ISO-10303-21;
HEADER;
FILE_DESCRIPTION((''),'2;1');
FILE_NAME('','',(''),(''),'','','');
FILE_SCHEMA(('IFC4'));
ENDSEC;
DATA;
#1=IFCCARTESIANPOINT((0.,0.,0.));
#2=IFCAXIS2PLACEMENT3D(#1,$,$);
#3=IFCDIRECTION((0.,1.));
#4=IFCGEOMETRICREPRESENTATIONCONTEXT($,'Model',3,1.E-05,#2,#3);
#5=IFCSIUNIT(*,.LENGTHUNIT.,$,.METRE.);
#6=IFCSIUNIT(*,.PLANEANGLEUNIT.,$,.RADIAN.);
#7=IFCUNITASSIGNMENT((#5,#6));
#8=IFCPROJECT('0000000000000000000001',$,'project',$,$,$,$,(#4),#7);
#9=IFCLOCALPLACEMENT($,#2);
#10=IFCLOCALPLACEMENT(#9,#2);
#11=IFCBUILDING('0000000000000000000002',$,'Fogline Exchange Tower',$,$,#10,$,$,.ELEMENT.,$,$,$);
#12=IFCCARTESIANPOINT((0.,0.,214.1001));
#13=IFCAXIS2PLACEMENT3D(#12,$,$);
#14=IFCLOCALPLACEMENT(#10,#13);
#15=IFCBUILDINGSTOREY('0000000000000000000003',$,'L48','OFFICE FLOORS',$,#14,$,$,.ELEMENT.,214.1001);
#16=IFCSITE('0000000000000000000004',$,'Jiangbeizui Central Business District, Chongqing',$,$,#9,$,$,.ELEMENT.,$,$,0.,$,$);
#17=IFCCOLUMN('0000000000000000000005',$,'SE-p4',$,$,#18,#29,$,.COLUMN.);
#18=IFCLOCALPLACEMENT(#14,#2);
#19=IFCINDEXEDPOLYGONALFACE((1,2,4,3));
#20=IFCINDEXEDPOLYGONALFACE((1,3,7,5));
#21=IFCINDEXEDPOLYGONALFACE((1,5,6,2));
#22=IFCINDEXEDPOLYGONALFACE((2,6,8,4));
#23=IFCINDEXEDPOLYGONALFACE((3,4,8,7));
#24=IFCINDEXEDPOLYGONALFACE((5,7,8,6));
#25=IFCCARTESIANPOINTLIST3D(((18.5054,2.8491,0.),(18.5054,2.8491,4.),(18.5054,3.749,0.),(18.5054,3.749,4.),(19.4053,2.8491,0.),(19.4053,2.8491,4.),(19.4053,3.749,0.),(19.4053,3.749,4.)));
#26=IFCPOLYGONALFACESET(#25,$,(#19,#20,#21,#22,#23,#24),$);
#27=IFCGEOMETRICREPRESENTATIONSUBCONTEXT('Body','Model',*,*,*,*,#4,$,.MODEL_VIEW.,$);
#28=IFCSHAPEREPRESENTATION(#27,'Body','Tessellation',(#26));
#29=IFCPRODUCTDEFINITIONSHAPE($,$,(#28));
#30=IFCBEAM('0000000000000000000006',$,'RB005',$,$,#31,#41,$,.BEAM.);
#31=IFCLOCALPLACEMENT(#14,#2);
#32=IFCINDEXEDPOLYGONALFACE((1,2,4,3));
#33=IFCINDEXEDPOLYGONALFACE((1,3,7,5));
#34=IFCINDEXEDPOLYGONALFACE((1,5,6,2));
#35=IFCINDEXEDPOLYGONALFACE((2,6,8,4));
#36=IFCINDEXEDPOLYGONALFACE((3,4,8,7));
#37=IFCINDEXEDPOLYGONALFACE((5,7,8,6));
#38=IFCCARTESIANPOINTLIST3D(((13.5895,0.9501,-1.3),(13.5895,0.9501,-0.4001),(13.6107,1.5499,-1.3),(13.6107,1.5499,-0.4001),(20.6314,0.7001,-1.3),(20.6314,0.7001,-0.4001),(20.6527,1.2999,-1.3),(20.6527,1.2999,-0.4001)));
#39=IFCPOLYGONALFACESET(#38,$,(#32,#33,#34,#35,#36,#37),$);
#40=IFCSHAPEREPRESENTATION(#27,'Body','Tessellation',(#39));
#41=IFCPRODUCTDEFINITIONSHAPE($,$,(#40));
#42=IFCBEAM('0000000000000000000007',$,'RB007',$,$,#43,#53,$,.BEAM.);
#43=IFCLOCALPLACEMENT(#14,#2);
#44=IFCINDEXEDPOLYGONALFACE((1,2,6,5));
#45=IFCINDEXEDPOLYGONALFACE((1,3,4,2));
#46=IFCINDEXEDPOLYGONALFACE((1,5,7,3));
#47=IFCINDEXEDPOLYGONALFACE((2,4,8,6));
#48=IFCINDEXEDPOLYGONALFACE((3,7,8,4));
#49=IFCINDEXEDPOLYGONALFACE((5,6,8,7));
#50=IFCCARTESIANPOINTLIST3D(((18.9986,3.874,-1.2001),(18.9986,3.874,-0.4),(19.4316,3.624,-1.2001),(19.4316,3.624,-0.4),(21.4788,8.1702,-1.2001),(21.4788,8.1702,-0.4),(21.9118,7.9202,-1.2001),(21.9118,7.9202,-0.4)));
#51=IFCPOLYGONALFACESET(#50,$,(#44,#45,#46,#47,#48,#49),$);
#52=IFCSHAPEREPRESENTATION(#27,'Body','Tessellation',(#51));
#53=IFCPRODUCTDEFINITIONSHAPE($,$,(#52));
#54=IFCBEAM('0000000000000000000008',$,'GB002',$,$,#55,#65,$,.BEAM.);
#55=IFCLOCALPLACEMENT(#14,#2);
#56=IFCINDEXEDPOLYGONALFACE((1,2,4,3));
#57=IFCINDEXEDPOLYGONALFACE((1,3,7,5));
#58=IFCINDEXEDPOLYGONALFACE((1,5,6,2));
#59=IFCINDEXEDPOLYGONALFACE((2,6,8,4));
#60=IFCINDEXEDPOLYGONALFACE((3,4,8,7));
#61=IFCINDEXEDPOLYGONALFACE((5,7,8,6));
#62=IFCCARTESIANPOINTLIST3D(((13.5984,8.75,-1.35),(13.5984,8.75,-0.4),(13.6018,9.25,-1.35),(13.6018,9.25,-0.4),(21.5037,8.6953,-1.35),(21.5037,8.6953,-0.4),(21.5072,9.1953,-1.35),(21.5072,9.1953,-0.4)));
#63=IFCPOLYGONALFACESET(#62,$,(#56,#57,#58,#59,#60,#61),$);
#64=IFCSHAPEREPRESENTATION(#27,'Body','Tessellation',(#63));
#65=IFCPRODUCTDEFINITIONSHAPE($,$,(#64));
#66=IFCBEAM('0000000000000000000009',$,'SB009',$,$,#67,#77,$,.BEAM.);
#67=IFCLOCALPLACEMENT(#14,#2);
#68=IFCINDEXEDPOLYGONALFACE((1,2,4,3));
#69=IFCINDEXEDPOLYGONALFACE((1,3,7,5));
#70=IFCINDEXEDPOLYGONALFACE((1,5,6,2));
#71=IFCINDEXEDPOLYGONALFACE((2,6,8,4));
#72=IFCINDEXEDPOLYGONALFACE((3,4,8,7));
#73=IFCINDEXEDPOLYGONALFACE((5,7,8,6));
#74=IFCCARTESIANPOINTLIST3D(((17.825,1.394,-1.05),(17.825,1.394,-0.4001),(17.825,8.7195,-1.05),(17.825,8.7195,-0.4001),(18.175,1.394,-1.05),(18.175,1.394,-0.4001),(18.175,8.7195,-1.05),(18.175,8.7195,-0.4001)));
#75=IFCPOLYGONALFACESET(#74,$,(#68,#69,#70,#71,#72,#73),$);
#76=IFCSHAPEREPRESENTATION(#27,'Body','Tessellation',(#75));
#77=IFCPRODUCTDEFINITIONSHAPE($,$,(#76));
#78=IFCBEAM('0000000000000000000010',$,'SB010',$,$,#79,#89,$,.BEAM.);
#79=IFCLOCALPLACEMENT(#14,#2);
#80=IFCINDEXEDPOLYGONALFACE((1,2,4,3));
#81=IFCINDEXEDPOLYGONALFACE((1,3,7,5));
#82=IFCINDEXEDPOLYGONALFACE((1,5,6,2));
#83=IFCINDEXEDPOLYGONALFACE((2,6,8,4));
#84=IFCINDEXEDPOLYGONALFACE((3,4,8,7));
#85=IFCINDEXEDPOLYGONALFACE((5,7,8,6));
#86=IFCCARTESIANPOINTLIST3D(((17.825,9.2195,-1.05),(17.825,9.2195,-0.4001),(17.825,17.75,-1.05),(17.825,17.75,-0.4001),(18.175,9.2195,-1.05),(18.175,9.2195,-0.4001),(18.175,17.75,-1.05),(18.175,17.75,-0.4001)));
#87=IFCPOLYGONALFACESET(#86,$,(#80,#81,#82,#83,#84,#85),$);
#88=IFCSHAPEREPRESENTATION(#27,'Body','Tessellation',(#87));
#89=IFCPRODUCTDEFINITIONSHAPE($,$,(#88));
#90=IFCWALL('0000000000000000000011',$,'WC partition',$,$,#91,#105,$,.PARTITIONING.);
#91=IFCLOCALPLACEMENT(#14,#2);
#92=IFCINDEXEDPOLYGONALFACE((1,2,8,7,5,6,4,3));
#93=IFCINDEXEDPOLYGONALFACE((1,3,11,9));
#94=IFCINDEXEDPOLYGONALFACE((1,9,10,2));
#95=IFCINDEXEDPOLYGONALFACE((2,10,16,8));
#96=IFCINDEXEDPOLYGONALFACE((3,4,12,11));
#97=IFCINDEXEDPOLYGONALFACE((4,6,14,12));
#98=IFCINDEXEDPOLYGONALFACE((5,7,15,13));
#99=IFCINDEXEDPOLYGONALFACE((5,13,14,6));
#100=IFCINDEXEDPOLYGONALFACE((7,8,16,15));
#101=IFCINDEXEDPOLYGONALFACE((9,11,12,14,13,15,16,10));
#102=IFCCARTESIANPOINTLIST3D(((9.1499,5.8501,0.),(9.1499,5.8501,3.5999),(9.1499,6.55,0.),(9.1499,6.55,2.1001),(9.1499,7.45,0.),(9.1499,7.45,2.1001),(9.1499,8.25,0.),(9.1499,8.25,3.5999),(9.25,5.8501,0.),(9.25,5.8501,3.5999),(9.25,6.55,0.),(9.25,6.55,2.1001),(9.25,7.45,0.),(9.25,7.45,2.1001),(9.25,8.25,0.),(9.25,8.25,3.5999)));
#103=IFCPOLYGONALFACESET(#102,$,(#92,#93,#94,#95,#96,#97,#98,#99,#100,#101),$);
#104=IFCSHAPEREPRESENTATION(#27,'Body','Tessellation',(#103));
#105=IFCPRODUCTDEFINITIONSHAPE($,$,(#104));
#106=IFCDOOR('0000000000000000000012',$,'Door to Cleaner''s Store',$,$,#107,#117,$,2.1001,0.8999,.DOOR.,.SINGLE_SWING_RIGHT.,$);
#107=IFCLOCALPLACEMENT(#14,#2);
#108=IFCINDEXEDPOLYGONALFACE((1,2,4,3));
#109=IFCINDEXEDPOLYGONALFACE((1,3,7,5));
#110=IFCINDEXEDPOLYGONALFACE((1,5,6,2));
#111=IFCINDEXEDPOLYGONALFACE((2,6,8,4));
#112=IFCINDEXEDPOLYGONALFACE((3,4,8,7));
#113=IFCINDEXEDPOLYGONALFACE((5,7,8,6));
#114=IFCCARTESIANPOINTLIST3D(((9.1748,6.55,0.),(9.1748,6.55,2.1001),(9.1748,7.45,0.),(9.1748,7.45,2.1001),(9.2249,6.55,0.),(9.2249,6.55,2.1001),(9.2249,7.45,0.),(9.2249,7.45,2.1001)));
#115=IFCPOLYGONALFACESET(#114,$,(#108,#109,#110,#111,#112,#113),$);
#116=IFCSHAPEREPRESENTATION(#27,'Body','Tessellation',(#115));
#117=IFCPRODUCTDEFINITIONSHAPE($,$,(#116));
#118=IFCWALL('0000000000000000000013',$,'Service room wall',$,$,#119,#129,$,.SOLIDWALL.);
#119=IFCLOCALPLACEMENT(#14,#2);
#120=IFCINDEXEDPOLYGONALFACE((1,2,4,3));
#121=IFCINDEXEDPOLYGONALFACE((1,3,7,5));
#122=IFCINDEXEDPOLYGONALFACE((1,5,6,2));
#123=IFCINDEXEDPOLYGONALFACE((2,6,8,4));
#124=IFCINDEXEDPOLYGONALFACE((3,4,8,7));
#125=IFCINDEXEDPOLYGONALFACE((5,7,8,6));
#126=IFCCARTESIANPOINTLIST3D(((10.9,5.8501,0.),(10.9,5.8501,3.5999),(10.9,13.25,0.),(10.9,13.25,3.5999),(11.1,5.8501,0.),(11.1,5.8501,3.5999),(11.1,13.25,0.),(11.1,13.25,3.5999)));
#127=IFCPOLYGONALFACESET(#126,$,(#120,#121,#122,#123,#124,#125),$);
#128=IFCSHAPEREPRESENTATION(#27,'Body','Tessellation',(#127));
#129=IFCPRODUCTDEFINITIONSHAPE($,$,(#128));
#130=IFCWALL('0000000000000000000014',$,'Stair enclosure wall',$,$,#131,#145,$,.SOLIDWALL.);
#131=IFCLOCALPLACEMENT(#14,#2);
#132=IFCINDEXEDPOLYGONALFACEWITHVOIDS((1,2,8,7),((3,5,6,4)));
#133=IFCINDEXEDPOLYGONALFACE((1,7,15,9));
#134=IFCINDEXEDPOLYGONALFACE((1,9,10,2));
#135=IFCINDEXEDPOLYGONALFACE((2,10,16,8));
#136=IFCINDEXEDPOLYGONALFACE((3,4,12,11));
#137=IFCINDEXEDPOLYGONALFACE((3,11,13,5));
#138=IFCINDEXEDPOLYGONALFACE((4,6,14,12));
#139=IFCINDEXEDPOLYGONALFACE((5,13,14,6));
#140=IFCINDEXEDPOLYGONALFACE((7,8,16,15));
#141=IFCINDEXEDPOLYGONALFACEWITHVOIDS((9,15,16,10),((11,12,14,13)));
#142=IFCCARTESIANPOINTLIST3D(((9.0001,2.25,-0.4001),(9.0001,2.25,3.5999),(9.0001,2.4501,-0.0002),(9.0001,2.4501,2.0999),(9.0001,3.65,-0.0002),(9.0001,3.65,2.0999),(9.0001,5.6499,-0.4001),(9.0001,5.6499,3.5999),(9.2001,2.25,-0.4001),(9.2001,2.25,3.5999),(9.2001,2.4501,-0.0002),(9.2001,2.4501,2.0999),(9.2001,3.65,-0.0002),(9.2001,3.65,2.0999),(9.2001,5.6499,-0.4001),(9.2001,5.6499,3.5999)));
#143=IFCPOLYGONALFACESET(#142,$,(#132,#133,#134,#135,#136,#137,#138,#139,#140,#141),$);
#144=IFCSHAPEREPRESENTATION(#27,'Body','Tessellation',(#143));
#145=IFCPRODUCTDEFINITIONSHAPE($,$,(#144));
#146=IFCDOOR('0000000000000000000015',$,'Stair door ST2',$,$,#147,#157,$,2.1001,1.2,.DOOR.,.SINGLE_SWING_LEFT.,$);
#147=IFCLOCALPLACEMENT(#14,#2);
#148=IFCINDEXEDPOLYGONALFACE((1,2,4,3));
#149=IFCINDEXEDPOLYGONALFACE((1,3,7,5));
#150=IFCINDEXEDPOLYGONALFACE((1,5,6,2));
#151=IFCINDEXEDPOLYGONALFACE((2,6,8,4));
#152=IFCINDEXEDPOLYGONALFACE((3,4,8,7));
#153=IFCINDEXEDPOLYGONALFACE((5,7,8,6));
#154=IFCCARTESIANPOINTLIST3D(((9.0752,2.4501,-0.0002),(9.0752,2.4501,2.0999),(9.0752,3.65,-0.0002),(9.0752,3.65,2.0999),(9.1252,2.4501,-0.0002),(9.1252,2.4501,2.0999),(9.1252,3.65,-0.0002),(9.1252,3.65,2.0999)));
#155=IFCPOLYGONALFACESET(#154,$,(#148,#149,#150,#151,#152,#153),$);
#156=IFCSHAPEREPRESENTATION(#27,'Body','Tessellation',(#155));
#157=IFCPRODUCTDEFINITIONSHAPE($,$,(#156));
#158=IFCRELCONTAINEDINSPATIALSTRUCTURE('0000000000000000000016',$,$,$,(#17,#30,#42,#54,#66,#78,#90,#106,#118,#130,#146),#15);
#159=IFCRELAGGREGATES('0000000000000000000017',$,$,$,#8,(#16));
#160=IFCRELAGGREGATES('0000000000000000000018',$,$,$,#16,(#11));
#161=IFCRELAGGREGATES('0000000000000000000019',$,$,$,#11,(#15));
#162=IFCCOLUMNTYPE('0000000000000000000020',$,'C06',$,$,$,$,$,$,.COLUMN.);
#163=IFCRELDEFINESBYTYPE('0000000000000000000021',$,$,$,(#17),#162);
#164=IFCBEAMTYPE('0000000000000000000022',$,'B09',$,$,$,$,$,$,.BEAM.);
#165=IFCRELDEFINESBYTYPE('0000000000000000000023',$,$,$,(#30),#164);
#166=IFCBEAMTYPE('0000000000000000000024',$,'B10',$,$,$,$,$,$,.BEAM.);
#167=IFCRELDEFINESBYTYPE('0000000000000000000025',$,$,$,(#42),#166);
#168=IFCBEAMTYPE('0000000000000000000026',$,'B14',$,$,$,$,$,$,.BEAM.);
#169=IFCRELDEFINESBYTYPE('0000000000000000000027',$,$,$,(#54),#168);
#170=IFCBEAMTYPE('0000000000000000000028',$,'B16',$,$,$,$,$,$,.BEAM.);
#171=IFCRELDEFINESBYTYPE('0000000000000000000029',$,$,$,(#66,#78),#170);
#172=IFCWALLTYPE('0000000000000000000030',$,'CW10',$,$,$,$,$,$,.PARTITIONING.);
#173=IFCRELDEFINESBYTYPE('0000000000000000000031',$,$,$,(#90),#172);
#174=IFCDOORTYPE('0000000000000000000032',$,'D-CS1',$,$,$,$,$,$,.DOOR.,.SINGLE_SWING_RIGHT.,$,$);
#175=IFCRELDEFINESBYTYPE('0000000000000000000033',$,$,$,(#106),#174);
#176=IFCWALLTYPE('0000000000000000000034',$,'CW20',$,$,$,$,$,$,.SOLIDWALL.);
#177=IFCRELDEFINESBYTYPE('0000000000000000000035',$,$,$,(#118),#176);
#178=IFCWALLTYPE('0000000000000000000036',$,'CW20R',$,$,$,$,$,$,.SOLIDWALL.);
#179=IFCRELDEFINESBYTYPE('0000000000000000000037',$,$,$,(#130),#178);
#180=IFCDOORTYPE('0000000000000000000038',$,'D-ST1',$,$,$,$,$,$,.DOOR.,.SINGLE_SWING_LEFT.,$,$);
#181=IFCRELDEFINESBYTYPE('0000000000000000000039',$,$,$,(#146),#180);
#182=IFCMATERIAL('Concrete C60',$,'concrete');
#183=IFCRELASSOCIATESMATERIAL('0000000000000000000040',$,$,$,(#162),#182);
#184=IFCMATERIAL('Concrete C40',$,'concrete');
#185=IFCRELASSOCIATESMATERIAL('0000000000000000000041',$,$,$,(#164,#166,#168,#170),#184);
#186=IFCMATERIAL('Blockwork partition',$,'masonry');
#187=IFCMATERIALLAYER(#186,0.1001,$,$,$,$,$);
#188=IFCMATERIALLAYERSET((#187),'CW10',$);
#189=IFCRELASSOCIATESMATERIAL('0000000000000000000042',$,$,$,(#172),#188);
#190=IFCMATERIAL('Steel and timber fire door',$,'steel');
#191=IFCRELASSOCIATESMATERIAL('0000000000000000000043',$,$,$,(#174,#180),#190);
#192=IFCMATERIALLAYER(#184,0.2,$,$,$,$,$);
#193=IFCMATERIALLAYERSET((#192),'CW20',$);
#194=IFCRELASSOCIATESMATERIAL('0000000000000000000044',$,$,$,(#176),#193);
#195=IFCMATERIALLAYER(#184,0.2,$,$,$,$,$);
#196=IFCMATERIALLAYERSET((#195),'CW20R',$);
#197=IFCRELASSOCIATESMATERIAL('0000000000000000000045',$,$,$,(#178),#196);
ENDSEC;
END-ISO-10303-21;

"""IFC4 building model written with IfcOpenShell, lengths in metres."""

from ifc_helpers import new_model, si_unit, direction, frame, frame_2d, origin, origin_2d, place, context, subcontext, project, spatial, rectangle, extrude, material, layer, layer_set, material_profile, profile_set, type_object, element, fill, save


model = new_model("IFC4")

# Units and contexts
model_context = context("Model", 3, precision=1e-05, world=origin(), true_north=direction((0.0, 1.0)))
body_context = subcontext(model_context, "Body", "Model", "MODEL_VIEW")
ifc_project = project(units=[si_unit("LENGTHUNIT", "METRE"), si_unit("PLANEANGLEUNIT", "RADIAN")], contexts=[model_context])

# Site, building, storey
site_placement = place(None, origin())
site = spatial("IfcSite", under=ifc_project, at=site_placement, Name="Jiangbeizui Central Business District, Chongqing", CompositionType="ELEMENT", RefElevation=0.0)
building_placement = place(site_placement, origin())
building = spatial("IfcBuilding", under=site, at=building_placement, Name="Fogline Exchange Tower", CompositionType="ELEMENT")
storey_placement = place(building_placement, frame((0.0, 0.0, 214.1001)))
storey = spatial("IfcBuildingStorey", under=building, at=storey_placement, Name="L48", Description="OFFICE FLOORS", CompositionType="ELEMENT", Elevation=214.1001)

# Column
ifc_material_1 = material(Name="Concrete C60", Category="concrete")
ifc_material_profile_1 = material_profile(ifc_material_1, rectangle(XDim=0.8999, YDim=0.8999, at=origin_2d()), Name="RC 900x900")
ifc_profile_set_1 = profile_set([ifc_material_profile_1], Name="Concrete C60")
column_type = type_object("IfcColumnType", Name="C06", PredefinedType="COLUMN", material=ifc_profile_set_1)
column_placement = place(storey_placement, frame((18.9553, 3.2991, 0.0), z_axis=(0.0, 0.0, 1.0), x_axis=(1.0, 0.0, 0.0)))
element("IfcColumn", 1, at=column_placement, inside=storey, type_object=column_type, Name="SE-p4", PredefinedType="COLUMN", context=body_context, shape_type="SweptSolid", body=[
    extrude(rectangle(XDim=0.8999, YDim=0.8999, at=origin_2d()), origin(), (0.0, 0.0, 1.0), 4.0),
])

# Beams
ifc_material_2 = material(Name="Concrete C40", Category="concrete")
ifc_material_profile_2 = material_profile(ifc_material_2, rectangle(XDim=0.6001, YDim=0.8999, at=origin_2d()), Name="RC 600x900")
ifc_profile_set_2 = profile_set([ifc_material_profile_2], Name="Concrete C40")
beam_type_1 = type_object("IfcBeamType", Name="B09", PredefinedType="BEAM", material=ifc_profile_set_2)
beam_1_placement = place(storey_placement, frame((13.6001, 1.25, -0.8501), z_axis=(0.99937, -0.035479, 0.0), x_axis=(0.035479, 0.99937, 0.0)))
element("IfcBeam", 2, at=beam_1_placement, inside=storey, type_object=beam_type_1, Name="RB005", PredefinedType="BEAM", context=body_context, shape_type="SweptSolid", body=[
    extrude(rectangle(XDim=0.6001, YDim=0.8999, at=origin_2d()), origin(), (0.0, 0.0, 1.0), 7.0464),
])
ifc_material_profile_3 = material_profile(ifc_material_2, rectangle(XDim=0.5, YDim=0.8, at=origin_2d()), Name="RC 500x800")
ifc_profile_set_3 = profile_set([ifc_material_profile_3], Name="Concrete C40")
beam_type_2 = type_object("IfcBeamType", Name="B10", PredefinedType="BEAM", material=ifc_profile_set_3)
beam_2_placement = place(storey_placement, frame((19.2151, 3.749, -0.8), z_axis=(0.499977, 0.866039, 0.0), x_axis=(-0.866039, 0.499977, 0.0)))
element("IfcBeam", 3, at=beam_2_placement, inside=storey, type_object=beam_type_2, Name="RB007", PredefinedType="BEAM", context=body_context, shape_type="SweptSolid", body=[
    extrude(rectangle(XDim=0.5, YDim=0.8, at=origin_2d()), origin(), (0.0, 0.0, 1.0), 4.9607),
])
ifc_material_profile_4 = material_profile(ifc_material_2, rectangle(XDim=0.5, YDim=0.95, at=origin_2d()), Name="RC 500x950")
ifc_profile_set_4 = profile_set([ifc_material_profile_4], Name="Concrete C40")
beam_type_3 = type_object("IfcBeamType", Name="B14", PredefinedType="BEAM", material=ifc_profile_set_4)
beam_3_placement = place(storey_placement, frame((13.6001, 9.0, -0.875), z_axis=(0.999976, -0.006918, 0.0), x_axis=(0.006918, 0.999976, 0.0)))
element("IfcBeam", 4, at=beam_3_placement, inside=storey, type_object=beam_type_3, Name="GB002", PredefinedType="BEAM", context=body_context, shape_type="SweptSolid", body=[
    extrude(rectangle(XDim=0.5, YDim=0.95, at=origin_2d()), origin(), (0.0, 0.0, 1.0), 7.9055),
])
ifc_material_profile_5 = material_profile(ifc_material_2, rectangle(XDim=0.3501, YDim=0.6499, at=origin_2d()), Name="RC 350x650")
ifc_profile_set_5 = profile_set([ifc_material_profile_5], Name="Concrete C40")
beam_type_4 = type_object("IfcBeamType", Name="B16", PredefinedType="BEAM", material=ifc_profile_set_5)
beam_4_placement = place(storey_placement, frame((18.0, 1.394, -0.7251), z_axis=(0.0, 1.0, 0.0), x_axis=(-1.0, 0.0, 0.0)))
element("IfcBeam", 5, at=beam_4_placement, inside=storey, type_object=beam_type_4, Name="SB009", PredefinedType="BEAM", context=body_context, shape_type="SweptSolid", body=[
    extrude(rectangle(XDim=0.3501, YDim=0.6499, at=origin_2d()), origin(), (0.0, 0.0, 1.0), 7.3254),
])
beam_5_placement = place(storey_placement, frame((18.0, 9.2195, -0.7251), z_axis=(0.0, 1.0, 0.0), x_axis=(-1.0, 0.0, 0.0)))
element("IfcBeam", 6, at=beam_5_placement, inside=storey, type_object=beam_type_4, Name="SB010", PredefinedType="BEAM", context=body_context, shape_type="SweptSolid", body=[
    extrude(rectangle(XDim=0.3501, YDim=0.6499, at=origin_2d()), origin(), (0.0, 0.0, 1.0), 8.5305),
])

# Wall, opening, door
ifc_material_3 = material(Name="Blockwork partition", Category="masonry")
ifc_layer_1 = layer(ifc_material_3, 0.1001)
ifc_layer_set_1 = layer_set([ifc_layer_1], Name="CW10")
wall_type_1 = type_object("IfcWallType", Name="CW10", PredefinedType="PARTITIONING", material=ifc_layer_set_1)
wall_1_placement = place(storey_placement, frame((9.2, 5.8501, 0.0), z_axis=(0.0, 0.0, 1.0), x_axis=(0.0, 1.0, 0.0)))
wall_1 = element("IfcWall", 7, at=wall_1_placement, inside=storey, type_object=wall_type_1, Name="WC partition", PredefinedType="PARTITIONING", context=body_context, shape_type="SweptSolid", body=[
    extrude(rectangle(XDim=2.3999, YDim=0.1001, at=frame_2d((1.2, 0.0))), origin(), (0.0, 0.0, 1.0), 3.5999),
])
opening_1_placement = place(wall_1_placement, frame((0.7, 0.0, 0.0)))
opening_1 = element("IfcOpeningElement", 8, at=opening_1_placement, cuts=wall_1, PredefinedType="OPENING", context=body_context, shape_type="SweptSolid", body=[
    extrude(rectangle(XDim=0.8999, YDim=2.1001, at=frame_2d((0.45, 1.05))), frame((0.0, 0.0601, 0.0), z_axis=(0.0, -1.0, 0.0), x_axis=(1.0, 0.0, 0.0)), (0.0, 0.0, 1.0), 0.1201),
])
ifc_material_4 = material(Name="Steel and timber fire door", Category="steel")
door_type_1 = type_object("IfcDoorType", Name="D-CS1", OperationType="SINGLE_SWING_RIGHT", PredefinedType="DOOR", material=ifc_material_4)
door_1_placement = place(opening_1_placement, frame((0.8999, 0.0, 0.0), z_axis=(0.0, 0.0, 1.0), x_axis=(-1.0, 0.0, 0.0)))
door_1 = element("IfcDoor", 9, at=door_1_placement, inside=storey, type_object=door_type_1, Name="Door to Cleaner's Store", OperationType="SINGLE_SWING_RIGHT", OverallHeight=2.1001, OverallWidth=0.8999, PredefinedType="DOOR", context=body_context, shape_type="SweptSolid", body=[
    extrude(rectangle(XDim=0.8999, YDim=2.1001, at=frame_2d((0.45, 1.05))), frame((0.0, 0.0249, 0.0), z_axis=(0.0, -1.0, 0.0), x_axis=(1.0, 0.0, 0.0)), (0.0, 0.0, 1.0), 0.05),
])
fill(opening_1, door_1)

# Wall
ifc_layer_2 = layer(ifc_material_2, 0.2)
ifc_layer_set_2 = layer_set([ifc_layer_2], Name="CW20")
wall_type_2 = type_object("IfcWallType", Name="CW20", PredefinedType="SOLIDWALL", material=ifc_layer_set_2)
wall_2_placement = place(storey_placement, frame((11.0, 5.8501, 0.0), z_axis=(0.0, 0.0, 1.0), x_axis=(0.0, 1.0, 0.0)))
element("IfcWall", 10, at=wall_2_placement, inside=storey, type_object=wall_type_2, Name="Service room wall", PredefinedType="SOLIDWALL", context=body_context, shape_type="SweptSolid", body=[
    extrude(rectangle(XDim=7.3999, YDim=0.2, at=frame_2d((3.7, 0.0))), origin(), (0.0, 0.0, 1.0), 3.5999),
])

# Wall, opening, door
ifc_layer_3 = layer(ifc_material_2, 0.2)
ifc_layer_set_3 = layer_set([ifc_layer_3], Name="CW20R")
wall_type_3 = type_object("IfcWallType", Name="CW20R", PredefinedType="SOLIDWALL", material=ifc_layer_set_3)
wall_3_placement = place(storey_placement, frame((9.1001, 2.25, -0.4001), z_axis=(0.0, 0.0, 1.0), x_axis=(0.0, 1.0, 0.0)))
wall_3 = element("IfcWall", 11, at=wall_3_placement, inside=storey, type_object=wall_type_3, Name="Stair enclosure wall", PredefinedType="SOLIDWALL", context=body_context, shape_type="SweptSolid", body=[
    extrude(rectangle(XDim=3.3999, YDim=0.2, at=frame_2d((1.7, 0.0))), origin(), (0.0, 0.0, 1.0), 4.0),
])
opening_2_placement = place(wall_3_placement, frame((0.2, 0.0, 0.3999)))
opening_2 = element("IfcOpeningElement", 12, at=opening_2_placement, cuts=wall_3, PredefinedType="OPENING", context=body_context, shape_type="SweptSolid", body=[
    extrude(rectangle(XDim=1.2, YDim=2.1001, at=frame_2d((0.6001, 1.05))), frame((0.0, 0.1099, 0.0), z_axis=(0.0, -1.0, 0.0), x_axis=(1.0, 0.0, 0.0)), (0.0, 0.0, 1.0), 0.22),
])
door_type_2 = type_object("IfcDoorType", Name="D-ST1", OperationType="SINGLE_SWING_LEFT", PredefinedType="DOOR", material=ifc_material_4)
door_2_placement = place(opening_2_placement, origin())
door_2 = element("IfcDoor", 13, at=door_2_placement, inside=storey, type_object=door_type_2, Name="Stair door ST2", OperationType="SINGLE_SWING_LEFT", OverallHeight=2.1001, OverallWidth=1.2, PredefinedType="DOOR", context=body_context, shape_type="SweptSolid", body=[
    extrude(rectangle(XDim=1.2, YDim=2.1001, at=frame_2d((0.6001, 1.05))), frame((0.0, 0.0249, 0.0), z_axis=(0.0, -1.0, 0.0), x_axis=(1.0, 0.0, 0.0)), (0.0, 0.0, 1.0), 0.05),
])
fill(opening_2, door_2)

save(model, "model.ifc")
